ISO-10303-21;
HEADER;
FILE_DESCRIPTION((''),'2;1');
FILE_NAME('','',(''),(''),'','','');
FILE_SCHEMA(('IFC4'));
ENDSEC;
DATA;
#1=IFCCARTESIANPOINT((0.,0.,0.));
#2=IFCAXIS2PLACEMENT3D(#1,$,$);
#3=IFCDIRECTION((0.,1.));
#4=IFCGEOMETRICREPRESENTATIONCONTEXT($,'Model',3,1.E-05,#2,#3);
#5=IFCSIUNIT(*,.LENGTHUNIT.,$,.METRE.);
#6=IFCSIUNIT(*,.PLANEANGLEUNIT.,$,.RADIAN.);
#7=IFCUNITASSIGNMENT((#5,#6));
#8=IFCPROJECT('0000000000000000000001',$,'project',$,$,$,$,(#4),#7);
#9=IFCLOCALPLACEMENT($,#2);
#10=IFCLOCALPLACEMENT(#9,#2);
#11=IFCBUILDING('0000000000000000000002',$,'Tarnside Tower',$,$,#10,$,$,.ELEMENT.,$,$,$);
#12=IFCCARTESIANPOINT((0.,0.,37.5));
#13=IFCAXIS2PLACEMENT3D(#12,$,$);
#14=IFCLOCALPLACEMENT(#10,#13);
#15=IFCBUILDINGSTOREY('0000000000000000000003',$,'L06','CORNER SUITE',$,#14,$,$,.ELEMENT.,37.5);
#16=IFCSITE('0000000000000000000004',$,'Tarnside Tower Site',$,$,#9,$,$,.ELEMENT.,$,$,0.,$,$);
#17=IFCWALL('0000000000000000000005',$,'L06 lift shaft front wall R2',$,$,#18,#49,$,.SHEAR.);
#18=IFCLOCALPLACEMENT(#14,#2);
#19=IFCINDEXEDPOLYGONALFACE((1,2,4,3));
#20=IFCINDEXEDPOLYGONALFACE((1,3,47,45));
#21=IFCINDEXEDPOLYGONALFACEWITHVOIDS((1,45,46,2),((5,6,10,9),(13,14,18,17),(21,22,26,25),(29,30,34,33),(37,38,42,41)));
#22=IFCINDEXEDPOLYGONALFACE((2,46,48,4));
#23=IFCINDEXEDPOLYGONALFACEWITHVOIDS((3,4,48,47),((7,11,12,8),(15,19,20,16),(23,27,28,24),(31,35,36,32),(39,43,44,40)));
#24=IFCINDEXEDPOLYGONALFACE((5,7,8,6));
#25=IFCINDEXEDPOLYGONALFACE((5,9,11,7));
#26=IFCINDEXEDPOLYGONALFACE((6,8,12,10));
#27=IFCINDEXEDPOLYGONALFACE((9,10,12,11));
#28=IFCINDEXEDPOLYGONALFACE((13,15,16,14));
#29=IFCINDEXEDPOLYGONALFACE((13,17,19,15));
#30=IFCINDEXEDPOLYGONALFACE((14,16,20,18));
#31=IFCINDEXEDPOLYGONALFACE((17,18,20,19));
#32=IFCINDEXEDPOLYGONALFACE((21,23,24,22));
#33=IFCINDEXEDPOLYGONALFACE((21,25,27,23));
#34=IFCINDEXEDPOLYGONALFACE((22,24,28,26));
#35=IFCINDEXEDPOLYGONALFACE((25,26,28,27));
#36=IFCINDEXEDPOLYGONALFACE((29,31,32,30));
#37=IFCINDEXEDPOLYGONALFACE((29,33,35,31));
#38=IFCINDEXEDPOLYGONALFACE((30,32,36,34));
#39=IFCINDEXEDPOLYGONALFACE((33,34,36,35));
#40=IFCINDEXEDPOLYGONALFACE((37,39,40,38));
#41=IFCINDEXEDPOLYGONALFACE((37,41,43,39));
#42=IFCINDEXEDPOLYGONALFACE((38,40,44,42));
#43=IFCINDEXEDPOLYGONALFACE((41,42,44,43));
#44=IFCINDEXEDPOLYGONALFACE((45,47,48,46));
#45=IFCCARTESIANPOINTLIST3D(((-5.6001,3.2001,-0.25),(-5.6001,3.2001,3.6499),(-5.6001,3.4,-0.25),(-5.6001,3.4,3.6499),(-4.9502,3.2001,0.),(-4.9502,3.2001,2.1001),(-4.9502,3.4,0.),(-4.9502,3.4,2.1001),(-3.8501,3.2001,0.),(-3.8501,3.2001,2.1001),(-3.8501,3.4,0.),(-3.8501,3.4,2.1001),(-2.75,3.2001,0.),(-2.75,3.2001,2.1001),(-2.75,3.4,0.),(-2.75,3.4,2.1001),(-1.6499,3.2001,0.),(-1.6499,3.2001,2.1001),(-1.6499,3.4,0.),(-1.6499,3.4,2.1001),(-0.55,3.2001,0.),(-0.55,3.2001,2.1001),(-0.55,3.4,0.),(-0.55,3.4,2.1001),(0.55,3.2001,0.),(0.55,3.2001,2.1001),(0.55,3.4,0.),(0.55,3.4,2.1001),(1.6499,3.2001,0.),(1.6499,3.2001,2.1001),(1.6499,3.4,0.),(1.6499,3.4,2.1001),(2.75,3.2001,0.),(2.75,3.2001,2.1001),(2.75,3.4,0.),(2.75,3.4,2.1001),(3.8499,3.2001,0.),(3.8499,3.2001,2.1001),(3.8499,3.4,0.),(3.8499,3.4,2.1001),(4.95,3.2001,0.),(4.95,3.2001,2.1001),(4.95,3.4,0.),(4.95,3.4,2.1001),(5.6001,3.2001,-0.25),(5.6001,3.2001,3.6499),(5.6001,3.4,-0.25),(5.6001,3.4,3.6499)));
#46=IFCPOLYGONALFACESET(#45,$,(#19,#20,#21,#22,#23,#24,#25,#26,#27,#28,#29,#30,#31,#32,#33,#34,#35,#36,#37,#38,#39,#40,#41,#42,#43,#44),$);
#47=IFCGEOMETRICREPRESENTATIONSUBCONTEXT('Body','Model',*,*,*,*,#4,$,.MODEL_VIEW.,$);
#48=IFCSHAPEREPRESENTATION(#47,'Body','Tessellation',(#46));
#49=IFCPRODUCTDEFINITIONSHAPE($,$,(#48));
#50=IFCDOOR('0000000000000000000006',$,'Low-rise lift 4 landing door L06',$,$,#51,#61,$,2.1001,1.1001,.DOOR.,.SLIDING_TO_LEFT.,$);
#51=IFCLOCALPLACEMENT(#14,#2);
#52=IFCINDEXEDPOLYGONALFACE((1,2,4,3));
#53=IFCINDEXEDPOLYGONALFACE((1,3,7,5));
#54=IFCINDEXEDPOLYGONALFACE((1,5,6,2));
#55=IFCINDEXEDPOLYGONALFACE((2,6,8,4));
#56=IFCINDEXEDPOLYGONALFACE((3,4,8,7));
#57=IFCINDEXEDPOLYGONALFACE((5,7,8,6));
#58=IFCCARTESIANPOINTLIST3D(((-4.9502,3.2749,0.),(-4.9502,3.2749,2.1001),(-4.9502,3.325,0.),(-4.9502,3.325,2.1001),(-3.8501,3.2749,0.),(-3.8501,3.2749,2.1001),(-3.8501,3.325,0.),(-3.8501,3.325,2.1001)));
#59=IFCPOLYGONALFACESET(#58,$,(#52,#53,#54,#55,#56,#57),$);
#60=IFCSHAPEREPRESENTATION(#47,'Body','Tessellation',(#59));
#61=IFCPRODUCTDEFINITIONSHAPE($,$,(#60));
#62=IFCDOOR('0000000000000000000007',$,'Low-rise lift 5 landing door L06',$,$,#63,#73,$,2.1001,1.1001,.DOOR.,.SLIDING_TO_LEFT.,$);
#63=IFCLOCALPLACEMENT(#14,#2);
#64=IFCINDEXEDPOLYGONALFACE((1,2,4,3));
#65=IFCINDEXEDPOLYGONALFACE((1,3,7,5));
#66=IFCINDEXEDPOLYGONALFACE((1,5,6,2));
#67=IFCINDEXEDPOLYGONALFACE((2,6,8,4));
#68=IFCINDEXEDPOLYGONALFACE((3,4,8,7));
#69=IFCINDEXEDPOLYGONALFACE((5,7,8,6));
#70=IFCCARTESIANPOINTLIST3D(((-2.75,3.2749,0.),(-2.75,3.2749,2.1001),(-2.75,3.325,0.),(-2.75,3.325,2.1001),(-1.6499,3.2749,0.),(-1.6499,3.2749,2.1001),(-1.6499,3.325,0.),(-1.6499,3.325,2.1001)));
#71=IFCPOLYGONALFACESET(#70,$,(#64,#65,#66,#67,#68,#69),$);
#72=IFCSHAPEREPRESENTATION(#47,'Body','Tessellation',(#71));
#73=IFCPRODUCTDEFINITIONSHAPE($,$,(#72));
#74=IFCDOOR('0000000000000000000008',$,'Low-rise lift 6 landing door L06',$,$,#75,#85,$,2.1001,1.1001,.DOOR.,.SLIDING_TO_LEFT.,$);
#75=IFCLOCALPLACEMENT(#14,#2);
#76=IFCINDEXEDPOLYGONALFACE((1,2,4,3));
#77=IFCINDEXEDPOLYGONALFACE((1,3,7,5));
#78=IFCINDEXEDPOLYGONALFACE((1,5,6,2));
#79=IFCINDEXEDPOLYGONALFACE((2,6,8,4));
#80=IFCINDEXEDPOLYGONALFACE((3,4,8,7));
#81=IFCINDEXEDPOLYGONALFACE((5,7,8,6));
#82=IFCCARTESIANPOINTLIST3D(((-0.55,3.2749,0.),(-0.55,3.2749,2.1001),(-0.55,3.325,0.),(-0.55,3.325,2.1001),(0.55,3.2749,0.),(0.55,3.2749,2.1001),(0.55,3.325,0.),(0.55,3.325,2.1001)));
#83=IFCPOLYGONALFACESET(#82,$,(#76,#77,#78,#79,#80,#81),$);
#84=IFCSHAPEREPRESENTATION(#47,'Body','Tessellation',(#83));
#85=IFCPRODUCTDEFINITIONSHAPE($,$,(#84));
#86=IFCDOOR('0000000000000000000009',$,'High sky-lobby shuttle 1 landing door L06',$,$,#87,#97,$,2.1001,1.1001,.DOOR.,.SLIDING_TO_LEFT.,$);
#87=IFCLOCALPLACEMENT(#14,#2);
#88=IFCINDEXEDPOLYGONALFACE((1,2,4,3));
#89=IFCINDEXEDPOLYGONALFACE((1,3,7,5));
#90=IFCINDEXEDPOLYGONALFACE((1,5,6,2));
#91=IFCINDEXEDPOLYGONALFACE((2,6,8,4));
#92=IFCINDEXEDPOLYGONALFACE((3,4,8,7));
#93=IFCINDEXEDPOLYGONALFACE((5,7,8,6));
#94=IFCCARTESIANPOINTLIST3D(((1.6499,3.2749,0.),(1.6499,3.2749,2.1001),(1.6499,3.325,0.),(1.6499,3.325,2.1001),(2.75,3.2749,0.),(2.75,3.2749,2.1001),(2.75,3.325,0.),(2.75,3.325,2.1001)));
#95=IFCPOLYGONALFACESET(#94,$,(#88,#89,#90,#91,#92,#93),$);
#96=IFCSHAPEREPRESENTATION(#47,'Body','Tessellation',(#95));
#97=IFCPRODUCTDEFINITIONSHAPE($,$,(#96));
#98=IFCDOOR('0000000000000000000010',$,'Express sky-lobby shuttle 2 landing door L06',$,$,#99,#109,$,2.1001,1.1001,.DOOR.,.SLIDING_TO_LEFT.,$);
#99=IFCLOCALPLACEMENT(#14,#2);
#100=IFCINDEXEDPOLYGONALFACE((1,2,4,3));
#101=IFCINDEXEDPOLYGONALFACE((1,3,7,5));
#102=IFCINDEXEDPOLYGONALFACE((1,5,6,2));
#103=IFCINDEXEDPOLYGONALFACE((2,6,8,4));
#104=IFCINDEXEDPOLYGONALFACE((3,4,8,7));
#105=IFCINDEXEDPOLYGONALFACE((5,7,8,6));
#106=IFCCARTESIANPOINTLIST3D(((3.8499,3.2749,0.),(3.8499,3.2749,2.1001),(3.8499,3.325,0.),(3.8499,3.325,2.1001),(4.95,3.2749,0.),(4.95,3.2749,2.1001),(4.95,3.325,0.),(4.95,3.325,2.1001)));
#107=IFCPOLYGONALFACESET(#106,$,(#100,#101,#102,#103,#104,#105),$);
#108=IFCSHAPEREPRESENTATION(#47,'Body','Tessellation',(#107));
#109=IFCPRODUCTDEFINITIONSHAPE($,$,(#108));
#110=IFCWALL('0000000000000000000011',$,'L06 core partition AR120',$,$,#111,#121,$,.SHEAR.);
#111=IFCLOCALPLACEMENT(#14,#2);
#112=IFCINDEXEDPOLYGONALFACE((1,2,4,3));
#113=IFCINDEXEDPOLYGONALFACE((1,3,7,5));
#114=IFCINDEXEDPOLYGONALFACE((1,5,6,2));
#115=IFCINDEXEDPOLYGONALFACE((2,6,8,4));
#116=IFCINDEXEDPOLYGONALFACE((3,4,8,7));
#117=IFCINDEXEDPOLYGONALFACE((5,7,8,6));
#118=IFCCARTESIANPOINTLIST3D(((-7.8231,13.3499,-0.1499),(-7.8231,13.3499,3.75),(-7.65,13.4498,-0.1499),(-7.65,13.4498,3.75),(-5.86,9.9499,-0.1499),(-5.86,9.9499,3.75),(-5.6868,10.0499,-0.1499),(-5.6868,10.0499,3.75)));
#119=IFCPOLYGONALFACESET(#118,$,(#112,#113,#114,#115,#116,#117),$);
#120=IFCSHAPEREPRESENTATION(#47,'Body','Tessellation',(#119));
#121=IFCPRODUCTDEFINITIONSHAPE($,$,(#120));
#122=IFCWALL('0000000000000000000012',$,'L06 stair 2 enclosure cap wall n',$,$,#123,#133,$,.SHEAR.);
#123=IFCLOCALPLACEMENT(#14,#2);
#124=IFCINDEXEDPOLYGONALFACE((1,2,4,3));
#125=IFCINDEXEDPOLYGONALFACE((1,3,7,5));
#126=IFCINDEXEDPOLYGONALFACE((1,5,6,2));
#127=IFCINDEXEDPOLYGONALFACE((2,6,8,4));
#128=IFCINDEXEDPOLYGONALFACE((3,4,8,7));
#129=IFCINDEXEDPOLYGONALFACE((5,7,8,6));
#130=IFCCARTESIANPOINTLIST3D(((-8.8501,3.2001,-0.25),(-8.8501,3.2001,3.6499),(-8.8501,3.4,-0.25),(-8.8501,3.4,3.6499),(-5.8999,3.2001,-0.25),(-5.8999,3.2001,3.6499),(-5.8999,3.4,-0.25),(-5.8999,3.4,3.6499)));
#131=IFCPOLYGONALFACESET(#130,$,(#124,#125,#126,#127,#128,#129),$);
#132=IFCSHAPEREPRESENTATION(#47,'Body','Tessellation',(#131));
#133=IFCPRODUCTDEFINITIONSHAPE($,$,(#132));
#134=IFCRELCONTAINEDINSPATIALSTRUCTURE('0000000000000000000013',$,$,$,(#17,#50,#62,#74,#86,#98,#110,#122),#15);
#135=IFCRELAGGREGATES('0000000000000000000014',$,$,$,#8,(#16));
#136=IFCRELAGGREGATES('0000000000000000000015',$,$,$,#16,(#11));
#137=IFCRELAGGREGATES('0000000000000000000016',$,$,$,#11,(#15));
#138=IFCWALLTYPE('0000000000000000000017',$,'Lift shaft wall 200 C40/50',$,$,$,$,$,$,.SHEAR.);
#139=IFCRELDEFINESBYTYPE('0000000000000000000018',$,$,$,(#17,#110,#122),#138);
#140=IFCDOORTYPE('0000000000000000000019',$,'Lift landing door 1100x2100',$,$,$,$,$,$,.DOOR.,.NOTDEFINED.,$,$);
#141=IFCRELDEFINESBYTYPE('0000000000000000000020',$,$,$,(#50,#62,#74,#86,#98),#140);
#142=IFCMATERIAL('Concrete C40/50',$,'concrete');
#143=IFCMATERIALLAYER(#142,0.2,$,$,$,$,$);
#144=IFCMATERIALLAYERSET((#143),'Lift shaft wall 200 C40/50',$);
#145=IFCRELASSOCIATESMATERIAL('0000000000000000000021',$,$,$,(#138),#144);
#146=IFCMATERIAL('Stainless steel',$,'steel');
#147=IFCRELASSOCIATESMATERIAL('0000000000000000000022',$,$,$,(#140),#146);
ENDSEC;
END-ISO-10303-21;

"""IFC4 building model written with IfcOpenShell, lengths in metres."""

from ifc_helpers import new_model, si_unit, direction, frame, frame_2d, origin, place, context, subcontext, project, spatial, rectangle, extrude, material, layer, layer_set, type_object, element, fill, save


model = new_model("IFC4")

# Units and contexts
model_context = context("Model", 3, precision=1e-05, world=origin(), true_north=direction((0.0, 1.0)))
body_context = subcontext(model_context, "Body", "Model", "MODEL_VIEW")
ifc_project = project(units=[si_unit("LENGTHUNIT", "METRE"), si_unit("PLANEANGLEUNIT", "RADIAN")], contexts=[model_context])

# Site, building, storey
site_placement = place(None, origin())
site = spatial("IfcSite", under=ifc_project, at=site_placement, Name="Tarnside Tower Site", CompositionType="ELEMENT", RefElevation=0.0)
building_placement = place(site_placement, origin())
building = spatial("IfcBuilding", under=site, at=building_placement, Name="Tarnside Tower", CompositionType="ELEMENT")
storey_placement = place(building_placement, frame((0.0, 0.0, 37.5)))
storey = spatial("IfcBuildingStorey", under=building, at=storey_placement, Name="L06", Description="CORNER SUITE", CompositionType="ELEMENT", Elevation=37.5)

# Shared definitions
ifc_material_1 = material(Name="Concrete C40/50", Category="concrete")
ifc_layer_1 = layer(ifc_material_1, 0.2)
ifc_layer_set_1 = layer_set([ifc_layer_1], Name="Lift shaft wall 200 C40/50")
wall_type_1 = type_object("IfcWallType", Name="Lift shaft wall 200 C40/50", PredefinedType="SHEAR", material=ifc_layer_set_1)
ifc_material_2 = material(Name="Stainless steel", Category="steel")
door_type_1 = type_object("IfcDoorType", Name="Lift landing door 1100x2100", OperationType="NOTDEFINED", PredefinedType="DOOR", material=ifc_material_2)

# Wall, openings, doors
wall_1_placement = place(storey_placement, frame((-5.6001, 3.3, -0.25), z_axis=(0.0, 0.0, 1.0), x_axis=(1.0, 0.0, 0.0)))
wall_1 = element("IfcWall", 1, at=wall_1_placement, inside=storey, type_object=wall_type_1, Name="L06 lift shaft front wall R2", PredefinedType="SHEAR", context=body_context, shape_type="SweptSolid", body=[
    extrude(rectangle(XDim=11.2002, YDim=0.2, at=frame_2d((5.6001, 0.0))), origin(), (0.0, 0.0, 1.0), 3.8999),
])
opening_1_placement = place(wall_1_placement, frame((0.6499, 0.0, 0.25)))
opening_1 = element("IfcOpeningElement", 2, at=opening_1_placement, cuts=wall_1, PredefinedType="OPENING", context=body_context, shape_type="SweptSolid", body=[
    extrude(rectangle(XDim=1.1001, YDim=2.1001, at=frame_2d((0.55, 1.05))), frame((0.0, 0.1099, 0.0), z_axis=(0.0, -1.0, 0.0), x_axis=(1.0, 0.0, 0.0)), (0.0, 0.0, 1.0), 0.22),
])
opening_2_placement = place(wall_1_placement, frame((2.8501, 0.0, 0.25)))
opening_2 = element("IfcOpeningElement", 3, at=opening_2_placement, cuts=wall_1, PredefinedType="OPENING", context=body_context, shape_type="SweptSolid", body=[
    extrude(rectangle(XDim=1.1001, YDim=2.1001, at=frame_2d((0.55, 1.05))), frame((0.0, 0.1099, 0.0), z_axis=(0.0, -1.0, 0.0), x_axis=(1.0, 0.0, 0.0)), (0.0, 0.0, 1.0), 0.22),
])
opening_3_placement = place(wall_1_placement, frame((5.05, 0.0, 0.25)))
opening_3 = element("IfcOpeningElement", 4, at=opening_3_placement, cuts=wall_1, PredefinedType="OPENING", context=body_context, shape_type="SweptSolid", body=[
    extrude(rectangle(XDim=1.1001, YDim=2.1001, at=frame_2d((0.55, 1.05))), frame((0.0, 0.1099, 0.0), z_axis=(0.0, -1.0, 0.0), x_axis=(1.0, 0.0, 0.0)), (0.0, 0.0, 1.0), 0.22),
])
opening_4_placement = place(wall_1_placement, frame((7.25, 0.0, 0.25)))
opening_4 = element("IfcOpeningElement", 5, at=opening_4_placement, cuts=wall_1, PredefinedType="OPENING", context=body_context, shape_type="SweptSolid", body=[
    extrude(rectangle(XDim=1.1001, YDim=2.1001, at=frame_2d((0.55, 1.05))), frame((0.0, 0.1099, 0.0), z_axis=(0.0, -1.0, 0.0), x_axis=(1.0, 0.0, 0.0)), (0.0, 0.0, 1.0), 0.22),
])
opening_5_placement = place(wall_1_placement, frame((9.45, 0.0, 0.25)))
opening_5 = element("IfcOpeningElement", 6, at=opening_5_placement, cuts=wall_1, PredefinedType="OPENING", context=body_context, shape_type="SweptSolid", body=[
    extrude(rectangle(XDim=1.1001, YDim=2.1001, at=frame_2d((0.55, 1.05))), frame((0.0, 0.1099, 0.0), z_axis=(0.0, -1.0, 0.0), x_axis=(1.0, 0.0, 0.0)), (0.0, 0.0, 1.0), 0.22),
])
door_1_placement = place(opening_1_placement, origin())
door_1 = element("IfcDoor", 7, at=door_1_placement, inside=storey, type_object=door_type_1, Name="Low-rise lift 4 landing door L06", OperationType="SLIDING_TO_LEFT", OverallHeight=2.1001, OverallWidth=1.1001, PredefinedType="DOOR", context=body_context, shape_type="SweptSolid", body=[
    extrude(rectangle(XDim=1.1001, YDim=2.1001, at=frame_2d((0.55, 1.05))), frame((0.0, 0.0249, 0.0), z_axis=(0.0, -1.0, 0.0), x_axis=(1.0, 0.0, 0.0)), (0.0, 0.0, 1.0), 0.05),
])
fill(opening_1, door_1)
door_2_placement = place(opening_2_placement, origin())
door_2 = element("IfcDoor", 8, at=door_2_placement, inside=storey, type_object=door_type_1, Name="Low-rise lift 5 landing door L06", OperationType="SLIDING_TO_LEFT", OverallHeight=2.1001, OverallWidth=1.1001, PredefinedType="DOOR", context=body_context, shape_type="SweptSolid", body=[
    extrude(rectangle(XDim=1.1001, YDim=2.1001, at=frame_2d((0.55, 1.05))), frame((0.0, 0.0249, 0.0), z_axis=(0.0, -1.0, 0.0), x_axis=(1.0, 0.0, 0.0)), (0.0, 0.0, 1.0), 0.05),
])
fill(opening_2, door_2)
door_3_placement = place(opening_3_placement, origin())
door_3 = element("IfcDoor", 9, at=door_3_placement, inside=storey, type_object=door_type_1, Name="Low-rise lift 6 landing door L06", OperationType="SLIDING_TO_LEFT", OverallHeight=2.1001, OverallWidth=1.1001, PredefinedType="DOOR", context=body_context, shape_type="SweptSolid", body=[
    extrude(rectangle(XDim=1.1001, YDim=2.1001, at=frame_2d((0.55, 1.05))), frame((0.0, 0.0249, 0.0), z_axis=(0.0, -1.0, 0.0), x_axis=(1.0, 0.0, 0.0)), (0.0, 0.0, 1.0), 0.05),
])
fill(opening_3, door_3)
door_4_placement = place(opening_4_placement, origin())
door_4 = element("IfcDoor", 10, at=door_4_placement, inside=storey, type_object=door_type_1, Name="High sky-lobby shuttle 1 landing door L06", OperationType="SLIDING_TO_LEFT", OverallHeight=2.1001, OverallWidth=1.1001, PredefinedType="DOOR", context=body_context, shape_type="SweptSolid", body=[
    extrude(rectangle(XDim=1.1001, YDim=2.1001, at=frame_2d((0.55, 1.05))), frame((0.0, 0.0249, 0.0), z_axis=(0.0, -1.0, 0.0), x_axis=(1.0, 0.0, 0.0)), (0.0, 0.0, 1.0), 0.05),
])
fill(opening_4, door_4)
door_5_placement = place(opening_5_placement, origin())
door_5 = element("IfcDoor", 11, at=door_5_placement, inside=storey, type_object=door_type_1, Name="Express sky-lobby shuttle 2 landing door L06", OperationType="SLIDING_TO_LEFT", OverallHeight=2.1001, OverallWidth=1.1001, PredefinedType="DOOR", context=body_context, shape_type="SweptSolid", body=[
    extrude(rectangle(XDim=1.1001, YDim=2.1001, at=frame_2d((0.55, 1.05))), frame((0.0, 0.0249, 0.0), z_axis=(0.0, -1.0, 0.0), x_axis=(1.0, 0.0, 0.0)), (0.0, 0.0, 1.0), 0.05),
])
fill(opening_5, door_5)

# Walls
wall_2_placement = place(storey_placement, frame((-5.7734, 10.0, -0.1499), z_axis=(0.0, 0.0, 1.0), x_axis=(-0.500038, 0.866003, 0.0)))
element("IfcWall", 12, at=wall_2_placement, inside=storey, type_object=wall_type_1, Name="L06 core partition AR120", PredefinedType="SHEAR", context=body_context, shape_type="SweptSolid", body=[
    extrude(rectangle(XDim=3.926, YDim=0.2, at=frame_2d((1.9629, 0.0))), origin(), (0.0, 0.0, 1.0), 3.8999),
])
wall_3_placement = place(storey_placement, frame((-8.8501, 3.3, -0.25), z_axis=(0.0, 0.0, 1.0), x_axis=(1.0, 0.0, 0.0)))
element("IfcWall", 13, at=wall_3_placement, inside=storey, type_object=wall_type_1, Name="L06 stair 2 enclosure cap wall n", PredefinedType="SHEAR", context=body_context, shape_type="SweptSolid", body=[
    extrude(rectangle(XDim=2.9502, YDim=0.2, at=frame_2d((1.4751, 0.0))), origin(), (0.0, 0.0, 1.0), 3.8999),
])

save(model, "model.ifc")
